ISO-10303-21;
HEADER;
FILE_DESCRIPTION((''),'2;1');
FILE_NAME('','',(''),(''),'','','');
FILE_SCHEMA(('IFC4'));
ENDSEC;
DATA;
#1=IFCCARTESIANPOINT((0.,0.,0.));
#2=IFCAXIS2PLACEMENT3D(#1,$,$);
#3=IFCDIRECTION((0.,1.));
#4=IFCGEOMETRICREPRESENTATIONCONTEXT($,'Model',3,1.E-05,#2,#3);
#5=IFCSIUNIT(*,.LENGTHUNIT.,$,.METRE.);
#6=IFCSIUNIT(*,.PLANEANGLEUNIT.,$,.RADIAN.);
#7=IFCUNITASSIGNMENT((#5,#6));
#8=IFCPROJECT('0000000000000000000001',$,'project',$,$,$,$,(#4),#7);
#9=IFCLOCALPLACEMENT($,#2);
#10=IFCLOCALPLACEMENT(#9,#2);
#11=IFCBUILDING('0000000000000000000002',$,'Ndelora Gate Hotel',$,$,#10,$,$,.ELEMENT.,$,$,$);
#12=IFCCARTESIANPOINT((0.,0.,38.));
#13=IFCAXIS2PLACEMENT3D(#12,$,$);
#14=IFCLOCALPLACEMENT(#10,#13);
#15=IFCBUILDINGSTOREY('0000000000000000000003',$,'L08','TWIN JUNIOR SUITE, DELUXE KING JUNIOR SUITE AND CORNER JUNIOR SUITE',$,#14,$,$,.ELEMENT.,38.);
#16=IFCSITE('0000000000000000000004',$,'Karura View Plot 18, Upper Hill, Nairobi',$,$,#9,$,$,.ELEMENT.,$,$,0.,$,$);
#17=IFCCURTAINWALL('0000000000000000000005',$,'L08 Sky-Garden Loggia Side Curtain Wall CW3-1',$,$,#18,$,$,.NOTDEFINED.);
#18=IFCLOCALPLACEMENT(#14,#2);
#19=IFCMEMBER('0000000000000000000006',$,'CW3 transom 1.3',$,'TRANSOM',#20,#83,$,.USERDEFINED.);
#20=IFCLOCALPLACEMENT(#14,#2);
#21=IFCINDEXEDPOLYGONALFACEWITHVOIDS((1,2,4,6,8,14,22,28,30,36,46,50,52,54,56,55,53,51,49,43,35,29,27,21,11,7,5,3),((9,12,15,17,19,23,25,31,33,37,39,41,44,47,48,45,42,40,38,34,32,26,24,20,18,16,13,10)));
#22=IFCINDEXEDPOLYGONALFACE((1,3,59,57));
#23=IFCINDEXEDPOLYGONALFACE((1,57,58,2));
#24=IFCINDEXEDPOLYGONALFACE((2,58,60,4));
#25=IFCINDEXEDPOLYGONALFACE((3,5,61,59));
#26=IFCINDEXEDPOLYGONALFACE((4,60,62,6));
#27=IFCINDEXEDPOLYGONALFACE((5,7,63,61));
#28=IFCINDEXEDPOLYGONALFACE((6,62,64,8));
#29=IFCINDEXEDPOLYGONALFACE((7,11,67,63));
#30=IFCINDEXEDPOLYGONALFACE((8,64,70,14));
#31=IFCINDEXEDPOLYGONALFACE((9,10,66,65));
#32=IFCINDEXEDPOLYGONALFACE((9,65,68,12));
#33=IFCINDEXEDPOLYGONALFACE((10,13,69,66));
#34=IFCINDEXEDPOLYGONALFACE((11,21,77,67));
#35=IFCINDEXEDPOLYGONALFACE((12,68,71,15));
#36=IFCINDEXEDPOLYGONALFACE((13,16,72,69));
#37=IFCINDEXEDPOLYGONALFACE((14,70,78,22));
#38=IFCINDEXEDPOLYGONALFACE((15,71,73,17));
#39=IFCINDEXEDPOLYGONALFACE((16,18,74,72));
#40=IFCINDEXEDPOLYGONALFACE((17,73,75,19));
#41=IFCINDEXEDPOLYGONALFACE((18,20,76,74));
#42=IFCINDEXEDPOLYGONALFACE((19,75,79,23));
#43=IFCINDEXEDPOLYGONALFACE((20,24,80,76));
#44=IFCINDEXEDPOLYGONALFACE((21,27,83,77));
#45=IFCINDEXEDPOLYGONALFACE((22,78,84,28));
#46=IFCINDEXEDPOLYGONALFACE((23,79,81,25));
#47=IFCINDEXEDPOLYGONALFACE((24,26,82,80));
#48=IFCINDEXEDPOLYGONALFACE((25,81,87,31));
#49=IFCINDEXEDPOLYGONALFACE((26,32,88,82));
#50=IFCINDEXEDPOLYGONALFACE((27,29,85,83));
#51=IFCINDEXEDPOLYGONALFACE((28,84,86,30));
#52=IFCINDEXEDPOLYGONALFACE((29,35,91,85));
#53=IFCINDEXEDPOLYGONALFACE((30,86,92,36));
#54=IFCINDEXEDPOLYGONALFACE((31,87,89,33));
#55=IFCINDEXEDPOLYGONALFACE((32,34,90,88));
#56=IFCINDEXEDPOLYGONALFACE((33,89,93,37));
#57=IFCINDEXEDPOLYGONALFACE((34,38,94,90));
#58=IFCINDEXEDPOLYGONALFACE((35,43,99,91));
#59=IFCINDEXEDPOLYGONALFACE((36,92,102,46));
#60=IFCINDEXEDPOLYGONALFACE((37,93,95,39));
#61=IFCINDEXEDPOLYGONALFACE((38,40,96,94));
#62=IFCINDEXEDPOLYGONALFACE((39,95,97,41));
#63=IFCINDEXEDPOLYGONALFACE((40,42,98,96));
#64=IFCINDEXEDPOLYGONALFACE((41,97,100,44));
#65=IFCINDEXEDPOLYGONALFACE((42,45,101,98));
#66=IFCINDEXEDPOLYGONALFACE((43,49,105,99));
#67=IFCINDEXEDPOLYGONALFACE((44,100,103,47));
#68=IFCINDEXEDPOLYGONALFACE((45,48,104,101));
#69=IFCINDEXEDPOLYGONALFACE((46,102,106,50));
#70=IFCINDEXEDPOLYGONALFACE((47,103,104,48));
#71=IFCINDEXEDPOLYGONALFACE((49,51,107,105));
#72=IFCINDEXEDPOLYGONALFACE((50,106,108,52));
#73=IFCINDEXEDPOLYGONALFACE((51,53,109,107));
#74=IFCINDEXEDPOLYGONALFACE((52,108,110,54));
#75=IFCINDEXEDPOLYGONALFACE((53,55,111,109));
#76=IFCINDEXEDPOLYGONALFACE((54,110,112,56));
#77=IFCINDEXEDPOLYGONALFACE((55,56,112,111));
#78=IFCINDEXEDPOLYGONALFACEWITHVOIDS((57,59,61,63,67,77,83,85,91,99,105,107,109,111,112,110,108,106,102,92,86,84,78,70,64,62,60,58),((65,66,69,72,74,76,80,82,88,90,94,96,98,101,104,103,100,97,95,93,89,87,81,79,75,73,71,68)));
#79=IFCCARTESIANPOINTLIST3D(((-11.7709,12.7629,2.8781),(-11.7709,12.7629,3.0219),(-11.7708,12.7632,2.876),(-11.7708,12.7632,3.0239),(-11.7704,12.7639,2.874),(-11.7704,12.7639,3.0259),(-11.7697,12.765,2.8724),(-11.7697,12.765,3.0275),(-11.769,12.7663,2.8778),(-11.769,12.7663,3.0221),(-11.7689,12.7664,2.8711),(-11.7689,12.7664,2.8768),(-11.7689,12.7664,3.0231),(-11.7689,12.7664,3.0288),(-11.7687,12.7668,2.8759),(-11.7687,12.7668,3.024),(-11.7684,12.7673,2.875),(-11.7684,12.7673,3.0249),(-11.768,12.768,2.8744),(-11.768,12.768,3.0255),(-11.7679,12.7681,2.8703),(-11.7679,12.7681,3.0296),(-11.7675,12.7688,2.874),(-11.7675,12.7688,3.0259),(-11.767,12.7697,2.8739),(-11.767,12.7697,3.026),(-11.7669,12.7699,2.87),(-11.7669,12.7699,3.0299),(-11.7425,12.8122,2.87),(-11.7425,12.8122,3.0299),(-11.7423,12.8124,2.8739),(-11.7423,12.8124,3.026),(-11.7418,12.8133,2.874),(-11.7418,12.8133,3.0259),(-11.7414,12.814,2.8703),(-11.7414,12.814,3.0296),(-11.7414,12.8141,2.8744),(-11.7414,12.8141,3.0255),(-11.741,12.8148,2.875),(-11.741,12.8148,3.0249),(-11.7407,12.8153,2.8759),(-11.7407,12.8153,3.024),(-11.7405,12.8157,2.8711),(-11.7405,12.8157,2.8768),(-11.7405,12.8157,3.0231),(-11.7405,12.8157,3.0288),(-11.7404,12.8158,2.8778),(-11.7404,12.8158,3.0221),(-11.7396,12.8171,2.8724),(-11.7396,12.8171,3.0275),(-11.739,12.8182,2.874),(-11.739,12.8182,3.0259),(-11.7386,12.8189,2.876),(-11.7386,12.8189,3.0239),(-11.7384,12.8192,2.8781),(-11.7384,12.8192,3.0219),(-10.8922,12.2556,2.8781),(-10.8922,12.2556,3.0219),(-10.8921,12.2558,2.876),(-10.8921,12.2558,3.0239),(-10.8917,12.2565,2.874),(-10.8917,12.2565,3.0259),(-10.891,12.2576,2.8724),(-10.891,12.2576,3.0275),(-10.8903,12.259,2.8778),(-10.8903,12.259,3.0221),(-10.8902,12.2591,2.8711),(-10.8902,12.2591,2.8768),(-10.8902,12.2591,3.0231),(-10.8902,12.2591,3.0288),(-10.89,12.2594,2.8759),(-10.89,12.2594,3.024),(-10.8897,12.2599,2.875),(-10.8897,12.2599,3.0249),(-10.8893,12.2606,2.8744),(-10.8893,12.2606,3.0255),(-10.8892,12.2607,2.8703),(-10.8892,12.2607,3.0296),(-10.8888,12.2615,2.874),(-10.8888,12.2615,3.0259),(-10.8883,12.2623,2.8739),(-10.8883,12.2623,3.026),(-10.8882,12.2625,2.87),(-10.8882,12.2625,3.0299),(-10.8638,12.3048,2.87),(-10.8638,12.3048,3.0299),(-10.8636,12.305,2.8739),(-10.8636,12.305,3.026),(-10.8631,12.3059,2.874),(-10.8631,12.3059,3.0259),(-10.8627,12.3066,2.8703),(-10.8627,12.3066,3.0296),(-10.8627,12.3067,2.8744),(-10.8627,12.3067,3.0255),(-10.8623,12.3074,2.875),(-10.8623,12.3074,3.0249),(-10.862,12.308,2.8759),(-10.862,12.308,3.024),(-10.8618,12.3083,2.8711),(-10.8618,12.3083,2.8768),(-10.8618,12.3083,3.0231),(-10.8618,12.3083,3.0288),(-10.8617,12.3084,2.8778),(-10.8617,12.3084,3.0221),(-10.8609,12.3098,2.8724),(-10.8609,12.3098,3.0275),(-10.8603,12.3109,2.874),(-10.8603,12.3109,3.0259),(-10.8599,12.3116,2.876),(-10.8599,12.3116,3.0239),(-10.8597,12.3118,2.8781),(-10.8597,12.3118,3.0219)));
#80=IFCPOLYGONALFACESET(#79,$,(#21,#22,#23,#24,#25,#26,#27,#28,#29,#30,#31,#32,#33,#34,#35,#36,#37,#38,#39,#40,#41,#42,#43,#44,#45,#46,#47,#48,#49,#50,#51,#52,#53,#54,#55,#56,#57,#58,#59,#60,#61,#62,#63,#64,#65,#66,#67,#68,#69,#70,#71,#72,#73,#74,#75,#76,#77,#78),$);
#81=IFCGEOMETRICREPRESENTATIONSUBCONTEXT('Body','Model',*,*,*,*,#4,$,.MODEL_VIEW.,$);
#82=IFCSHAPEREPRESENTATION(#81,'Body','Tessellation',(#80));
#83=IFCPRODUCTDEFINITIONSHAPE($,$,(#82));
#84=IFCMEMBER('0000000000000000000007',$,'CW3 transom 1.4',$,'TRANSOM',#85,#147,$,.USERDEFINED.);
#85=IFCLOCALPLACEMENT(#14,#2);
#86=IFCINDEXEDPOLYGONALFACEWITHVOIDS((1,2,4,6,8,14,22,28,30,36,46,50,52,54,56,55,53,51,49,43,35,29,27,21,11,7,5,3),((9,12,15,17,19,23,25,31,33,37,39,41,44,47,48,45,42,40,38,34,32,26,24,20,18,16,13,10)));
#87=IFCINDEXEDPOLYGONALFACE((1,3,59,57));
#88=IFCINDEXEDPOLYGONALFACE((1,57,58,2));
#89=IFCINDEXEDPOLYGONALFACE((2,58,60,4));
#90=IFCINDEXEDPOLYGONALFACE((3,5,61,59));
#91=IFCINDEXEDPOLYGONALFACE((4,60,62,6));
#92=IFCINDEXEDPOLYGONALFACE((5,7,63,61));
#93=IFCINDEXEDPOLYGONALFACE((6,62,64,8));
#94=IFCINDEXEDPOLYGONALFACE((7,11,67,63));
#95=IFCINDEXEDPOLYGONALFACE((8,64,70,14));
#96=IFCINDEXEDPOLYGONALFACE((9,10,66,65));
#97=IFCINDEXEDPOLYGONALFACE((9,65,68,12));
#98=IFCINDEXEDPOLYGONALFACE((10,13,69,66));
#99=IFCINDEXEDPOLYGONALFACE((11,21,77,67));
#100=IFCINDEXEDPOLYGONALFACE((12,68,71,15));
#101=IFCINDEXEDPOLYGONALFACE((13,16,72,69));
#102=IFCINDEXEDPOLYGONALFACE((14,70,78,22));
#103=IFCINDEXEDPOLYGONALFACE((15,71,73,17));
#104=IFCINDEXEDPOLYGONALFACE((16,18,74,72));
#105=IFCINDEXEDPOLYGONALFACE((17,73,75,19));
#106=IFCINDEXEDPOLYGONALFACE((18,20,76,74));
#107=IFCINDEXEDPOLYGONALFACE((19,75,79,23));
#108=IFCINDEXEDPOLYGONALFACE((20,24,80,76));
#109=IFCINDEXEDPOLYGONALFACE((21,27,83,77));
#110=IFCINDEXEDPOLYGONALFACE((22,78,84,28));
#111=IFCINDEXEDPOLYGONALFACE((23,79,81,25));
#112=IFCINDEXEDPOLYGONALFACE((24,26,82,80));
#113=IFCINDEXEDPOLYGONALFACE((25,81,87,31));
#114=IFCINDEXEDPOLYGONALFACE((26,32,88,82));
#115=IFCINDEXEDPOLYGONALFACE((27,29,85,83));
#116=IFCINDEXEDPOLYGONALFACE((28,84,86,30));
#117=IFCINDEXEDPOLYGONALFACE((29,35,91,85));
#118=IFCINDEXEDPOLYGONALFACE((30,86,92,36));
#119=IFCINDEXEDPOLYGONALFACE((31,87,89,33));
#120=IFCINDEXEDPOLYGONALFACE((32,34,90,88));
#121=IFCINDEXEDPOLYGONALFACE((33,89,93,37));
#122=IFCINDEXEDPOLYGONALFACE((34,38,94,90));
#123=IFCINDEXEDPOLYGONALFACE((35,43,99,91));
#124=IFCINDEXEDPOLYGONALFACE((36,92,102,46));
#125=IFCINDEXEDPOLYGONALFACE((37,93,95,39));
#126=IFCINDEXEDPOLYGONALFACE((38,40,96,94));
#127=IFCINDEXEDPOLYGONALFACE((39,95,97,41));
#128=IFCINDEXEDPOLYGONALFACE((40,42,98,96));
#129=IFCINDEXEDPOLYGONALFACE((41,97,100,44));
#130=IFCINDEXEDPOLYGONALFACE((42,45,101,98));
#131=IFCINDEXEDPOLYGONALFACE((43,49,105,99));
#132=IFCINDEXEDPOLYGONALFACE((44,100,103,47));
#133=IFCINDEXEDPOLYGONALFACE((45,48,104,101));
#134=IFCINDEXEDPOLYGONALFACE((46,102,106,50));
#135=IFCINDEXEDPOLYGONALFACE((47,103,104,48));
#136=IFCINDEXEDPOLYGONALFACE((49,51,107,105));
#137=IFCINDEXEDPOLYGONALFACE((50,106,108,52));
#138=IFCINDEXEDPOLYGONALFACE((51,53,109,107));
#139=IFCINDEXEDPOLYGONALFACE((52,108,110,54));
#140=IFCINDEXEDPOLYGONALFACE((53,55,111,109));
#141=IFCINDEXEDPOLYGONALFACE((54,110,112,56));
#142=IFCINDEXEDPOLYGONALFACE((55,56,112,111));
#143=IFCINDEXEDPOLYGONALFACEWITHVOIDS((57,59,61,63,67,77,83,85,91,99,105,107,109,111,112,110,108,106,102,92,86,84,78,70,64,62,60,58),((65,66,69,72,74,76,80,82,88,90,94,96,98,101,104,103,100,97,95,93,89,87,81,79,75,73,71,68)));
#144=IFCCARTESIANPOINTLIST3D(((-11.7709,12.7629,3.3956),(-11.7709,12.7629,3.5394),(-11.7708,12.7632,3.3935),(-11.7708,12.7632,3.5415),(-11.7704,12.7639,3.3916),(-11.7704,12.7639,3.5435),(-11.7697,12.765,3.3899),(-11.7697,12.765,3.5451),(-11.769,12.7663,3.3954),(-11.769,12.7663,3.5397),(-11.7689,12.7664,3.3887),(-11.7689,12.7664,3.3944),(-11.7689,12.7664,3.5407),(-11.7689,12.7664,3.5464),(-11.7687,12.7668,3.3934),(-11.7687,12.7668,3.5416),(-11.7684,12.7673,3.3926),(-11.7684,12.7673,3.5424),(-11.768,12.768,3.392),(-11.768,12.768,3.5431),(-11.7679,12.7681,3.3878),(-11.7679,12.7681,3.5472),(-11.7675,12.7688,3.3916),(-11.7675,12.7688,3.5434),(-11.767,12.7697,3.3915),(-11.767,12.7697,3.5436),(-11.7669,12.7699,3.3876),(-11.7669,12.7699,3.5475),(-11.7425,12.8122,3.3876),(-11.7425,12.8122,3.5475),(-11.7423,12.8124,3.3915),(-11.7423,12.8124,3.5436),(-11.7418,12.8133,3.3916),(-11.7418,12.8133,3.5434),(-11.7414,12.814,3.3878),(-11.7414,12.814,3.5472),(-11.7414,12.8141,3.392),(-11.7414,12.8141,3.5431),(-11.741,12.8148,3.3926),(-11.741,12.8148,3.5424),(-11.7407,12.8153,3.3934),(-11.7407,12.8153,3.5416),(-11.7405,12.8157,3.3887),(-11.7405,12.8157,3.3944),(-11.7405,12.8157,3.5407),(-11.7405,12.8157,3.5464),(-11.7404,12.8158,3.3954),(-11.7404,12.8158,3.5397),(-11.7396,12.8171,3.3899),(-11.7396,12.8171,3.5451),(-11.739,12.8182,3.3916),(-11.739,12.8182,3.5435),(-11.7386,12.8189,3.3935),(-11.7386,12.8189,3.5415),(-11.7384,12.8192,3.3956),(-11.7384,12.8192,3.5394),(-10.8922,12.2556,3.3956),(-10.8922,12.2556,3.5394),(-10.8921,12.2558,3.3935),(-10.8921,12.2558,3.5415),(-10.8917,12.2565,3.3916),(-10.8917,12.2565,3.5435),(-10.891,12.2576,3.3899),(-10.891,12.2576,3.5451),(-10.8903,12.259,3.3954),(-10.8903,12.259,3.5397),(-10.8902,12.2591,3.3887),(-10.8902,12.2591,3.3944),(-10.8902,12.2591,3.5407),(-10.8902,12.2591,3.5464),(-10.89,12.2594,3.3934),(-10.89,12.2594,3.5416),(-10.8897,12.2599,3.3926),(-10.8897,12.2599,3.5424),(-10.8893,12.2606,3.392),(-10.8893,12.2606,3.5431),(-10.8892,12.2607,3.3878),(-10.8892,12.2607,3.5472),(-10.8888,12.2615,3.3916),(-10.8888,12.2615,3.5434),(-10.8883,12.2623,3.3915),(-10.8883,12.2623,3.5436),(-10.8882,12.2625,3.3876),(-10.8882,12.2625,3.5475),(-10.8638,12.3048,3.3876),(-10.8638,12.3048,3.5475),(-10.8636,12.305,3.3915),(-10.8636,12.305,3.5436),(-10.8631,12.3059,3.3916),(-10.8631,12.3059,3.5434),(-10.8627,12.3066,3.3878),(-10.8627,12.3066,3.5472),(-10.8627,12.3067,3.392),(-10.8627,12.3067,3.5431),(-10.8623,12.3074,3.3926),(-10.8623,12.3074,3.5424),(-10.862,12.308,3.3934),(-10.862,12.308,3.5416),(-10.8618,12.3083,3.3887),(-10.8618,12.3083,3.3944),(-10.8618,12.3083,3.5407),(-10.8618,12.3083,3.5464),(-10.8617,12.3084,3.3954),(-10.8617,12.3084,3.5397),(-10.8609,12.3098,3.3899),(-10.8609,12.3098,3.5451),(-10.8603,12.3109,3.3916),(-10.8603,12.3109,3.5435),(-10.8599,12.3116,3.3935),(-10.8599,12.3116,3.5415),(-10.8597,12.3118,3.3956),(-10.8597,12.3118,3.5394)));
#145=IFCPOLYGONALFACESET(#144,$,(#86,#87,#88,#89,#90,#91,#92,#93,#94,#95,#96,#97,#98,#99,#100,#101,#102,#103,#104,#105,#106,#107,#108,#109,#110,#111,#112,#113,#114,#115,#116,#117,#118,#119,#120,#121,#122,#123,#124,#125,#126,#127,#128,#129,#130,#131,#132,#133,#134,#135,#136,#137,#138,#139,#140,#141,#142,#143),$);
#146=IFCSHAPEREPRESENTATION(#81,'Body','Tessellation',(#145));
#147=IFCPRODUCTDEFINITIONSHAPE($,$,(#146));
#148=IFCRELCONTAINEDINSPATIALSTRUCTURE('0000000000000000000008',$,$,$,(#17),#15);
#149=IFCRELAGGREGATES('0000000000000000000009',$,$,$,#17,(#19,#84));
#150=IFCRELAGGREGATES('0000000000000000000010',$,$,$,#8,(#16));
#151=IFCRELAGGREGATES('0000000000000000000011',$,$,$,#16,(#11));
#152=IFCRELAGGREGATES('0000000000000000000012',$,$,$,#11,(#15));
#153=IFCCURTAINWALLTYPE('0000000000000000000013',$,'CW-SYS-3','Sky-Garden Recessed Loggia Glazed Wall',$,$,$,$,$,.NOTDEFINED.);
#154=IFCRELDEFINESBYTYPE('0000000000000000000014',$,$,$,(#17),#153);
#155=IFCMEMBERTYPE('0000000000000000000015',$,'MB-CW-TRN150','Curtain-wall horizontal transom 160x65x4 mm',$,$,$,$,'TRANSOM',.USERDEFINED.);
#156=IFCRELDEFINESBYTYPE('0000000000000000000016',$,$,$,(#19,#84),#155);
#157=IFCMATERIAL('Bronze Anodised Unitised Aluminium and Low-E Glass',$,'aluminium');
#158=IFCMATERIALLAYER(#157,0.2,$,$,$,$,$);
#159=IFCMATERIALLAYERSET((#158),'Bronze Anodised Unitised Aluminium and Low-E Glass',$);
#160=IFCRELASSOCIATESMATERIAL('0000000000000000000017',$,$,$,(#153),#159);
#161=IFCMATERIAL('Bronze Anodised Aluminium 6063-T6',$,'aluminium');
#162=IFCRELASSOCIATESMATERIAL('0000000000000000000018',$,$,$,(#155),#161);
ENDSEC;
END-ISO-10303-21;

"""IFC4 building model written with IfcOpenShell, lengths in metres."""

from ifc_helpers import new_model, si_unit, direction, frame, origin, origin_2d, place, context, subcontext, project, spatial, hollow_rectangle, extrude, material, layer, layer_set, material_profile, profile_set, type_object, element, aggregate, save


model = new_model("IFC4")

# Units and contexts
model_context = context("Model", 3, precision=1e-05, world=origin(), true_north=direction((0.0, 1.0)))
body_context = subcontext(model_context, "Body", "Model", "MODEL_VIEW")
ifc_project = project(units=[si_unit("LENGTHUNIT", "METRE"), si_unit("PLANEANGLEUNIT", "RADIAN")], contexts=[model_context])

# Site, building, storey
site_placement = place(None, origin())
site = spatial("IfcSite", under=ifc_project, at=site_placement, Name="Karura View Plot 18, Upper Hill, Nairobi", CompositionType="ELEMENT", RefElevation=0.0)
building_placement = place(site_placement, origin())
building = spatial("IfcBuilding", under=site, at=building_placement, Name="Ndelora Gate Hotel", CompositionType="ELEMENT")
storey_placement = place(building_placement, frame((0.0, 0.0, 38.0)))
storey = spatial("IfcBuildingStorey", under=building, at=storey_placement, Name="L08", Description="TWIN JUNIOR SUITE, DELUXE KING JUNIOR SUITE AND CORNER JUNIOR SUITE", CompositionType="ELEMENT", Elevation=38.0)

# Curtain wall, members
ifc_material_1 = material(Name="Bronze Anodised Unitised Aluminium and Low-E Glass", Category="aluminium")
ifc_layer_1 = layer(ifc_material_1, 0.2)
ifc_layer_set_1 = layer_set([ifc_layer_1], Name="Bronze Anodised Unitised Aluminium and Low-E Glass")
curtain_wall_type = type_object("IfcCurtainWallType", Name="CW-SYS-3", Description="Sky-Garden Recessed Loggia Glazed Wall", PredefinedType="NOTDEFINED", material=ifc_layer_set_1)
curtain_wall_placement = place(storey_placement, origin())
curtain_wall = element("IfcCurtainWall", 1, at=curtain_wall_placement, inside=storey, type_object=curtain_wall_type, Name="L08 Sky-Garden Loggia Side Curtain Wall CW3-1", PredefinedType="NOTDEFINED")
ifc_material_2 = material(Name="Bronze Anodised Aluminium 6063-T6", Category="aluminium")
ifc_material_profile_1 = material_profile(ifc_material_2, hollow_rectangle(XDim=0.0649, YDim=0.1599, WallThickness=0.0039, InnerFilletRadius=0.0039, OuterFilletRadius=0.0081, at=origin_2d()), Name="ALU 160x65x4")
ifc_profile_set_1 = profile_set([ifc_material_profile_1], Name="Bronze Anodised Aluminium 6063-T6")
member_type_1 = type_object("IfcMemberType", Name="MB-CW-TRN150", Description="Curtain-wall horizontal transom 160x65x4 mm", ElementType="TRANSOM", PredefinedType="USERDEFINED", material=ifc_profile_set_1)
member_1_placement = place(storey_placement, frame((-10.876, 12.2837, 2.95), z_axis=(-0.866013, 0.500021, 0.0), x_axis=(-0.500021, -0.866013, 0.0)))
member_1 = element("IfcMember", 2, at=member_1_placement, type_object=member_type_1, Name="CW3 transom 1.3", ObjectType="TRANSOM", PredefinedType="USERDEFINED", context=body_context, shape_type="SweptSolid", body=[
    extrude(hollow_rectangle(XDim=0.0649, YDim=0.1599, WallThickness=0.0039, InnerFilletRadius=0.0039, OuterFilletRadius=0.0081, at=origin_2d()), origin(), (0.0, 0.0, 1.0), 1.0146),
])
member_2_placement = place(storey_placement, frame((-10.876, 12.2837, 3.4675), z_axis=(-0.866013, 0.500021, 0.0), x_axis=(-0.500021, -0.866013, 0.0)))
member_2 = element("IfcMember", 3, at=member_2_placement, type_object=member_type_1, Name="CW3 transom 1.4", ObjectType="TRANSOM", PredefinedType="USERDEFINED", context=body_context, shape_type="SweptSolid", body=[
    extrude(hollow_rectangle(XDim=0.0649, YDim=0.1599, WallThickness=0.0039, InnerFilletRadius=0.0039, OuterFilletRadius=0.0081, at=origin_2d()), origin(), (0.0, 0.0, 1.0), 1.0146),
])
aggregate(curtain_wall, [member_1, member_2])

save(model, "model.ifc")
